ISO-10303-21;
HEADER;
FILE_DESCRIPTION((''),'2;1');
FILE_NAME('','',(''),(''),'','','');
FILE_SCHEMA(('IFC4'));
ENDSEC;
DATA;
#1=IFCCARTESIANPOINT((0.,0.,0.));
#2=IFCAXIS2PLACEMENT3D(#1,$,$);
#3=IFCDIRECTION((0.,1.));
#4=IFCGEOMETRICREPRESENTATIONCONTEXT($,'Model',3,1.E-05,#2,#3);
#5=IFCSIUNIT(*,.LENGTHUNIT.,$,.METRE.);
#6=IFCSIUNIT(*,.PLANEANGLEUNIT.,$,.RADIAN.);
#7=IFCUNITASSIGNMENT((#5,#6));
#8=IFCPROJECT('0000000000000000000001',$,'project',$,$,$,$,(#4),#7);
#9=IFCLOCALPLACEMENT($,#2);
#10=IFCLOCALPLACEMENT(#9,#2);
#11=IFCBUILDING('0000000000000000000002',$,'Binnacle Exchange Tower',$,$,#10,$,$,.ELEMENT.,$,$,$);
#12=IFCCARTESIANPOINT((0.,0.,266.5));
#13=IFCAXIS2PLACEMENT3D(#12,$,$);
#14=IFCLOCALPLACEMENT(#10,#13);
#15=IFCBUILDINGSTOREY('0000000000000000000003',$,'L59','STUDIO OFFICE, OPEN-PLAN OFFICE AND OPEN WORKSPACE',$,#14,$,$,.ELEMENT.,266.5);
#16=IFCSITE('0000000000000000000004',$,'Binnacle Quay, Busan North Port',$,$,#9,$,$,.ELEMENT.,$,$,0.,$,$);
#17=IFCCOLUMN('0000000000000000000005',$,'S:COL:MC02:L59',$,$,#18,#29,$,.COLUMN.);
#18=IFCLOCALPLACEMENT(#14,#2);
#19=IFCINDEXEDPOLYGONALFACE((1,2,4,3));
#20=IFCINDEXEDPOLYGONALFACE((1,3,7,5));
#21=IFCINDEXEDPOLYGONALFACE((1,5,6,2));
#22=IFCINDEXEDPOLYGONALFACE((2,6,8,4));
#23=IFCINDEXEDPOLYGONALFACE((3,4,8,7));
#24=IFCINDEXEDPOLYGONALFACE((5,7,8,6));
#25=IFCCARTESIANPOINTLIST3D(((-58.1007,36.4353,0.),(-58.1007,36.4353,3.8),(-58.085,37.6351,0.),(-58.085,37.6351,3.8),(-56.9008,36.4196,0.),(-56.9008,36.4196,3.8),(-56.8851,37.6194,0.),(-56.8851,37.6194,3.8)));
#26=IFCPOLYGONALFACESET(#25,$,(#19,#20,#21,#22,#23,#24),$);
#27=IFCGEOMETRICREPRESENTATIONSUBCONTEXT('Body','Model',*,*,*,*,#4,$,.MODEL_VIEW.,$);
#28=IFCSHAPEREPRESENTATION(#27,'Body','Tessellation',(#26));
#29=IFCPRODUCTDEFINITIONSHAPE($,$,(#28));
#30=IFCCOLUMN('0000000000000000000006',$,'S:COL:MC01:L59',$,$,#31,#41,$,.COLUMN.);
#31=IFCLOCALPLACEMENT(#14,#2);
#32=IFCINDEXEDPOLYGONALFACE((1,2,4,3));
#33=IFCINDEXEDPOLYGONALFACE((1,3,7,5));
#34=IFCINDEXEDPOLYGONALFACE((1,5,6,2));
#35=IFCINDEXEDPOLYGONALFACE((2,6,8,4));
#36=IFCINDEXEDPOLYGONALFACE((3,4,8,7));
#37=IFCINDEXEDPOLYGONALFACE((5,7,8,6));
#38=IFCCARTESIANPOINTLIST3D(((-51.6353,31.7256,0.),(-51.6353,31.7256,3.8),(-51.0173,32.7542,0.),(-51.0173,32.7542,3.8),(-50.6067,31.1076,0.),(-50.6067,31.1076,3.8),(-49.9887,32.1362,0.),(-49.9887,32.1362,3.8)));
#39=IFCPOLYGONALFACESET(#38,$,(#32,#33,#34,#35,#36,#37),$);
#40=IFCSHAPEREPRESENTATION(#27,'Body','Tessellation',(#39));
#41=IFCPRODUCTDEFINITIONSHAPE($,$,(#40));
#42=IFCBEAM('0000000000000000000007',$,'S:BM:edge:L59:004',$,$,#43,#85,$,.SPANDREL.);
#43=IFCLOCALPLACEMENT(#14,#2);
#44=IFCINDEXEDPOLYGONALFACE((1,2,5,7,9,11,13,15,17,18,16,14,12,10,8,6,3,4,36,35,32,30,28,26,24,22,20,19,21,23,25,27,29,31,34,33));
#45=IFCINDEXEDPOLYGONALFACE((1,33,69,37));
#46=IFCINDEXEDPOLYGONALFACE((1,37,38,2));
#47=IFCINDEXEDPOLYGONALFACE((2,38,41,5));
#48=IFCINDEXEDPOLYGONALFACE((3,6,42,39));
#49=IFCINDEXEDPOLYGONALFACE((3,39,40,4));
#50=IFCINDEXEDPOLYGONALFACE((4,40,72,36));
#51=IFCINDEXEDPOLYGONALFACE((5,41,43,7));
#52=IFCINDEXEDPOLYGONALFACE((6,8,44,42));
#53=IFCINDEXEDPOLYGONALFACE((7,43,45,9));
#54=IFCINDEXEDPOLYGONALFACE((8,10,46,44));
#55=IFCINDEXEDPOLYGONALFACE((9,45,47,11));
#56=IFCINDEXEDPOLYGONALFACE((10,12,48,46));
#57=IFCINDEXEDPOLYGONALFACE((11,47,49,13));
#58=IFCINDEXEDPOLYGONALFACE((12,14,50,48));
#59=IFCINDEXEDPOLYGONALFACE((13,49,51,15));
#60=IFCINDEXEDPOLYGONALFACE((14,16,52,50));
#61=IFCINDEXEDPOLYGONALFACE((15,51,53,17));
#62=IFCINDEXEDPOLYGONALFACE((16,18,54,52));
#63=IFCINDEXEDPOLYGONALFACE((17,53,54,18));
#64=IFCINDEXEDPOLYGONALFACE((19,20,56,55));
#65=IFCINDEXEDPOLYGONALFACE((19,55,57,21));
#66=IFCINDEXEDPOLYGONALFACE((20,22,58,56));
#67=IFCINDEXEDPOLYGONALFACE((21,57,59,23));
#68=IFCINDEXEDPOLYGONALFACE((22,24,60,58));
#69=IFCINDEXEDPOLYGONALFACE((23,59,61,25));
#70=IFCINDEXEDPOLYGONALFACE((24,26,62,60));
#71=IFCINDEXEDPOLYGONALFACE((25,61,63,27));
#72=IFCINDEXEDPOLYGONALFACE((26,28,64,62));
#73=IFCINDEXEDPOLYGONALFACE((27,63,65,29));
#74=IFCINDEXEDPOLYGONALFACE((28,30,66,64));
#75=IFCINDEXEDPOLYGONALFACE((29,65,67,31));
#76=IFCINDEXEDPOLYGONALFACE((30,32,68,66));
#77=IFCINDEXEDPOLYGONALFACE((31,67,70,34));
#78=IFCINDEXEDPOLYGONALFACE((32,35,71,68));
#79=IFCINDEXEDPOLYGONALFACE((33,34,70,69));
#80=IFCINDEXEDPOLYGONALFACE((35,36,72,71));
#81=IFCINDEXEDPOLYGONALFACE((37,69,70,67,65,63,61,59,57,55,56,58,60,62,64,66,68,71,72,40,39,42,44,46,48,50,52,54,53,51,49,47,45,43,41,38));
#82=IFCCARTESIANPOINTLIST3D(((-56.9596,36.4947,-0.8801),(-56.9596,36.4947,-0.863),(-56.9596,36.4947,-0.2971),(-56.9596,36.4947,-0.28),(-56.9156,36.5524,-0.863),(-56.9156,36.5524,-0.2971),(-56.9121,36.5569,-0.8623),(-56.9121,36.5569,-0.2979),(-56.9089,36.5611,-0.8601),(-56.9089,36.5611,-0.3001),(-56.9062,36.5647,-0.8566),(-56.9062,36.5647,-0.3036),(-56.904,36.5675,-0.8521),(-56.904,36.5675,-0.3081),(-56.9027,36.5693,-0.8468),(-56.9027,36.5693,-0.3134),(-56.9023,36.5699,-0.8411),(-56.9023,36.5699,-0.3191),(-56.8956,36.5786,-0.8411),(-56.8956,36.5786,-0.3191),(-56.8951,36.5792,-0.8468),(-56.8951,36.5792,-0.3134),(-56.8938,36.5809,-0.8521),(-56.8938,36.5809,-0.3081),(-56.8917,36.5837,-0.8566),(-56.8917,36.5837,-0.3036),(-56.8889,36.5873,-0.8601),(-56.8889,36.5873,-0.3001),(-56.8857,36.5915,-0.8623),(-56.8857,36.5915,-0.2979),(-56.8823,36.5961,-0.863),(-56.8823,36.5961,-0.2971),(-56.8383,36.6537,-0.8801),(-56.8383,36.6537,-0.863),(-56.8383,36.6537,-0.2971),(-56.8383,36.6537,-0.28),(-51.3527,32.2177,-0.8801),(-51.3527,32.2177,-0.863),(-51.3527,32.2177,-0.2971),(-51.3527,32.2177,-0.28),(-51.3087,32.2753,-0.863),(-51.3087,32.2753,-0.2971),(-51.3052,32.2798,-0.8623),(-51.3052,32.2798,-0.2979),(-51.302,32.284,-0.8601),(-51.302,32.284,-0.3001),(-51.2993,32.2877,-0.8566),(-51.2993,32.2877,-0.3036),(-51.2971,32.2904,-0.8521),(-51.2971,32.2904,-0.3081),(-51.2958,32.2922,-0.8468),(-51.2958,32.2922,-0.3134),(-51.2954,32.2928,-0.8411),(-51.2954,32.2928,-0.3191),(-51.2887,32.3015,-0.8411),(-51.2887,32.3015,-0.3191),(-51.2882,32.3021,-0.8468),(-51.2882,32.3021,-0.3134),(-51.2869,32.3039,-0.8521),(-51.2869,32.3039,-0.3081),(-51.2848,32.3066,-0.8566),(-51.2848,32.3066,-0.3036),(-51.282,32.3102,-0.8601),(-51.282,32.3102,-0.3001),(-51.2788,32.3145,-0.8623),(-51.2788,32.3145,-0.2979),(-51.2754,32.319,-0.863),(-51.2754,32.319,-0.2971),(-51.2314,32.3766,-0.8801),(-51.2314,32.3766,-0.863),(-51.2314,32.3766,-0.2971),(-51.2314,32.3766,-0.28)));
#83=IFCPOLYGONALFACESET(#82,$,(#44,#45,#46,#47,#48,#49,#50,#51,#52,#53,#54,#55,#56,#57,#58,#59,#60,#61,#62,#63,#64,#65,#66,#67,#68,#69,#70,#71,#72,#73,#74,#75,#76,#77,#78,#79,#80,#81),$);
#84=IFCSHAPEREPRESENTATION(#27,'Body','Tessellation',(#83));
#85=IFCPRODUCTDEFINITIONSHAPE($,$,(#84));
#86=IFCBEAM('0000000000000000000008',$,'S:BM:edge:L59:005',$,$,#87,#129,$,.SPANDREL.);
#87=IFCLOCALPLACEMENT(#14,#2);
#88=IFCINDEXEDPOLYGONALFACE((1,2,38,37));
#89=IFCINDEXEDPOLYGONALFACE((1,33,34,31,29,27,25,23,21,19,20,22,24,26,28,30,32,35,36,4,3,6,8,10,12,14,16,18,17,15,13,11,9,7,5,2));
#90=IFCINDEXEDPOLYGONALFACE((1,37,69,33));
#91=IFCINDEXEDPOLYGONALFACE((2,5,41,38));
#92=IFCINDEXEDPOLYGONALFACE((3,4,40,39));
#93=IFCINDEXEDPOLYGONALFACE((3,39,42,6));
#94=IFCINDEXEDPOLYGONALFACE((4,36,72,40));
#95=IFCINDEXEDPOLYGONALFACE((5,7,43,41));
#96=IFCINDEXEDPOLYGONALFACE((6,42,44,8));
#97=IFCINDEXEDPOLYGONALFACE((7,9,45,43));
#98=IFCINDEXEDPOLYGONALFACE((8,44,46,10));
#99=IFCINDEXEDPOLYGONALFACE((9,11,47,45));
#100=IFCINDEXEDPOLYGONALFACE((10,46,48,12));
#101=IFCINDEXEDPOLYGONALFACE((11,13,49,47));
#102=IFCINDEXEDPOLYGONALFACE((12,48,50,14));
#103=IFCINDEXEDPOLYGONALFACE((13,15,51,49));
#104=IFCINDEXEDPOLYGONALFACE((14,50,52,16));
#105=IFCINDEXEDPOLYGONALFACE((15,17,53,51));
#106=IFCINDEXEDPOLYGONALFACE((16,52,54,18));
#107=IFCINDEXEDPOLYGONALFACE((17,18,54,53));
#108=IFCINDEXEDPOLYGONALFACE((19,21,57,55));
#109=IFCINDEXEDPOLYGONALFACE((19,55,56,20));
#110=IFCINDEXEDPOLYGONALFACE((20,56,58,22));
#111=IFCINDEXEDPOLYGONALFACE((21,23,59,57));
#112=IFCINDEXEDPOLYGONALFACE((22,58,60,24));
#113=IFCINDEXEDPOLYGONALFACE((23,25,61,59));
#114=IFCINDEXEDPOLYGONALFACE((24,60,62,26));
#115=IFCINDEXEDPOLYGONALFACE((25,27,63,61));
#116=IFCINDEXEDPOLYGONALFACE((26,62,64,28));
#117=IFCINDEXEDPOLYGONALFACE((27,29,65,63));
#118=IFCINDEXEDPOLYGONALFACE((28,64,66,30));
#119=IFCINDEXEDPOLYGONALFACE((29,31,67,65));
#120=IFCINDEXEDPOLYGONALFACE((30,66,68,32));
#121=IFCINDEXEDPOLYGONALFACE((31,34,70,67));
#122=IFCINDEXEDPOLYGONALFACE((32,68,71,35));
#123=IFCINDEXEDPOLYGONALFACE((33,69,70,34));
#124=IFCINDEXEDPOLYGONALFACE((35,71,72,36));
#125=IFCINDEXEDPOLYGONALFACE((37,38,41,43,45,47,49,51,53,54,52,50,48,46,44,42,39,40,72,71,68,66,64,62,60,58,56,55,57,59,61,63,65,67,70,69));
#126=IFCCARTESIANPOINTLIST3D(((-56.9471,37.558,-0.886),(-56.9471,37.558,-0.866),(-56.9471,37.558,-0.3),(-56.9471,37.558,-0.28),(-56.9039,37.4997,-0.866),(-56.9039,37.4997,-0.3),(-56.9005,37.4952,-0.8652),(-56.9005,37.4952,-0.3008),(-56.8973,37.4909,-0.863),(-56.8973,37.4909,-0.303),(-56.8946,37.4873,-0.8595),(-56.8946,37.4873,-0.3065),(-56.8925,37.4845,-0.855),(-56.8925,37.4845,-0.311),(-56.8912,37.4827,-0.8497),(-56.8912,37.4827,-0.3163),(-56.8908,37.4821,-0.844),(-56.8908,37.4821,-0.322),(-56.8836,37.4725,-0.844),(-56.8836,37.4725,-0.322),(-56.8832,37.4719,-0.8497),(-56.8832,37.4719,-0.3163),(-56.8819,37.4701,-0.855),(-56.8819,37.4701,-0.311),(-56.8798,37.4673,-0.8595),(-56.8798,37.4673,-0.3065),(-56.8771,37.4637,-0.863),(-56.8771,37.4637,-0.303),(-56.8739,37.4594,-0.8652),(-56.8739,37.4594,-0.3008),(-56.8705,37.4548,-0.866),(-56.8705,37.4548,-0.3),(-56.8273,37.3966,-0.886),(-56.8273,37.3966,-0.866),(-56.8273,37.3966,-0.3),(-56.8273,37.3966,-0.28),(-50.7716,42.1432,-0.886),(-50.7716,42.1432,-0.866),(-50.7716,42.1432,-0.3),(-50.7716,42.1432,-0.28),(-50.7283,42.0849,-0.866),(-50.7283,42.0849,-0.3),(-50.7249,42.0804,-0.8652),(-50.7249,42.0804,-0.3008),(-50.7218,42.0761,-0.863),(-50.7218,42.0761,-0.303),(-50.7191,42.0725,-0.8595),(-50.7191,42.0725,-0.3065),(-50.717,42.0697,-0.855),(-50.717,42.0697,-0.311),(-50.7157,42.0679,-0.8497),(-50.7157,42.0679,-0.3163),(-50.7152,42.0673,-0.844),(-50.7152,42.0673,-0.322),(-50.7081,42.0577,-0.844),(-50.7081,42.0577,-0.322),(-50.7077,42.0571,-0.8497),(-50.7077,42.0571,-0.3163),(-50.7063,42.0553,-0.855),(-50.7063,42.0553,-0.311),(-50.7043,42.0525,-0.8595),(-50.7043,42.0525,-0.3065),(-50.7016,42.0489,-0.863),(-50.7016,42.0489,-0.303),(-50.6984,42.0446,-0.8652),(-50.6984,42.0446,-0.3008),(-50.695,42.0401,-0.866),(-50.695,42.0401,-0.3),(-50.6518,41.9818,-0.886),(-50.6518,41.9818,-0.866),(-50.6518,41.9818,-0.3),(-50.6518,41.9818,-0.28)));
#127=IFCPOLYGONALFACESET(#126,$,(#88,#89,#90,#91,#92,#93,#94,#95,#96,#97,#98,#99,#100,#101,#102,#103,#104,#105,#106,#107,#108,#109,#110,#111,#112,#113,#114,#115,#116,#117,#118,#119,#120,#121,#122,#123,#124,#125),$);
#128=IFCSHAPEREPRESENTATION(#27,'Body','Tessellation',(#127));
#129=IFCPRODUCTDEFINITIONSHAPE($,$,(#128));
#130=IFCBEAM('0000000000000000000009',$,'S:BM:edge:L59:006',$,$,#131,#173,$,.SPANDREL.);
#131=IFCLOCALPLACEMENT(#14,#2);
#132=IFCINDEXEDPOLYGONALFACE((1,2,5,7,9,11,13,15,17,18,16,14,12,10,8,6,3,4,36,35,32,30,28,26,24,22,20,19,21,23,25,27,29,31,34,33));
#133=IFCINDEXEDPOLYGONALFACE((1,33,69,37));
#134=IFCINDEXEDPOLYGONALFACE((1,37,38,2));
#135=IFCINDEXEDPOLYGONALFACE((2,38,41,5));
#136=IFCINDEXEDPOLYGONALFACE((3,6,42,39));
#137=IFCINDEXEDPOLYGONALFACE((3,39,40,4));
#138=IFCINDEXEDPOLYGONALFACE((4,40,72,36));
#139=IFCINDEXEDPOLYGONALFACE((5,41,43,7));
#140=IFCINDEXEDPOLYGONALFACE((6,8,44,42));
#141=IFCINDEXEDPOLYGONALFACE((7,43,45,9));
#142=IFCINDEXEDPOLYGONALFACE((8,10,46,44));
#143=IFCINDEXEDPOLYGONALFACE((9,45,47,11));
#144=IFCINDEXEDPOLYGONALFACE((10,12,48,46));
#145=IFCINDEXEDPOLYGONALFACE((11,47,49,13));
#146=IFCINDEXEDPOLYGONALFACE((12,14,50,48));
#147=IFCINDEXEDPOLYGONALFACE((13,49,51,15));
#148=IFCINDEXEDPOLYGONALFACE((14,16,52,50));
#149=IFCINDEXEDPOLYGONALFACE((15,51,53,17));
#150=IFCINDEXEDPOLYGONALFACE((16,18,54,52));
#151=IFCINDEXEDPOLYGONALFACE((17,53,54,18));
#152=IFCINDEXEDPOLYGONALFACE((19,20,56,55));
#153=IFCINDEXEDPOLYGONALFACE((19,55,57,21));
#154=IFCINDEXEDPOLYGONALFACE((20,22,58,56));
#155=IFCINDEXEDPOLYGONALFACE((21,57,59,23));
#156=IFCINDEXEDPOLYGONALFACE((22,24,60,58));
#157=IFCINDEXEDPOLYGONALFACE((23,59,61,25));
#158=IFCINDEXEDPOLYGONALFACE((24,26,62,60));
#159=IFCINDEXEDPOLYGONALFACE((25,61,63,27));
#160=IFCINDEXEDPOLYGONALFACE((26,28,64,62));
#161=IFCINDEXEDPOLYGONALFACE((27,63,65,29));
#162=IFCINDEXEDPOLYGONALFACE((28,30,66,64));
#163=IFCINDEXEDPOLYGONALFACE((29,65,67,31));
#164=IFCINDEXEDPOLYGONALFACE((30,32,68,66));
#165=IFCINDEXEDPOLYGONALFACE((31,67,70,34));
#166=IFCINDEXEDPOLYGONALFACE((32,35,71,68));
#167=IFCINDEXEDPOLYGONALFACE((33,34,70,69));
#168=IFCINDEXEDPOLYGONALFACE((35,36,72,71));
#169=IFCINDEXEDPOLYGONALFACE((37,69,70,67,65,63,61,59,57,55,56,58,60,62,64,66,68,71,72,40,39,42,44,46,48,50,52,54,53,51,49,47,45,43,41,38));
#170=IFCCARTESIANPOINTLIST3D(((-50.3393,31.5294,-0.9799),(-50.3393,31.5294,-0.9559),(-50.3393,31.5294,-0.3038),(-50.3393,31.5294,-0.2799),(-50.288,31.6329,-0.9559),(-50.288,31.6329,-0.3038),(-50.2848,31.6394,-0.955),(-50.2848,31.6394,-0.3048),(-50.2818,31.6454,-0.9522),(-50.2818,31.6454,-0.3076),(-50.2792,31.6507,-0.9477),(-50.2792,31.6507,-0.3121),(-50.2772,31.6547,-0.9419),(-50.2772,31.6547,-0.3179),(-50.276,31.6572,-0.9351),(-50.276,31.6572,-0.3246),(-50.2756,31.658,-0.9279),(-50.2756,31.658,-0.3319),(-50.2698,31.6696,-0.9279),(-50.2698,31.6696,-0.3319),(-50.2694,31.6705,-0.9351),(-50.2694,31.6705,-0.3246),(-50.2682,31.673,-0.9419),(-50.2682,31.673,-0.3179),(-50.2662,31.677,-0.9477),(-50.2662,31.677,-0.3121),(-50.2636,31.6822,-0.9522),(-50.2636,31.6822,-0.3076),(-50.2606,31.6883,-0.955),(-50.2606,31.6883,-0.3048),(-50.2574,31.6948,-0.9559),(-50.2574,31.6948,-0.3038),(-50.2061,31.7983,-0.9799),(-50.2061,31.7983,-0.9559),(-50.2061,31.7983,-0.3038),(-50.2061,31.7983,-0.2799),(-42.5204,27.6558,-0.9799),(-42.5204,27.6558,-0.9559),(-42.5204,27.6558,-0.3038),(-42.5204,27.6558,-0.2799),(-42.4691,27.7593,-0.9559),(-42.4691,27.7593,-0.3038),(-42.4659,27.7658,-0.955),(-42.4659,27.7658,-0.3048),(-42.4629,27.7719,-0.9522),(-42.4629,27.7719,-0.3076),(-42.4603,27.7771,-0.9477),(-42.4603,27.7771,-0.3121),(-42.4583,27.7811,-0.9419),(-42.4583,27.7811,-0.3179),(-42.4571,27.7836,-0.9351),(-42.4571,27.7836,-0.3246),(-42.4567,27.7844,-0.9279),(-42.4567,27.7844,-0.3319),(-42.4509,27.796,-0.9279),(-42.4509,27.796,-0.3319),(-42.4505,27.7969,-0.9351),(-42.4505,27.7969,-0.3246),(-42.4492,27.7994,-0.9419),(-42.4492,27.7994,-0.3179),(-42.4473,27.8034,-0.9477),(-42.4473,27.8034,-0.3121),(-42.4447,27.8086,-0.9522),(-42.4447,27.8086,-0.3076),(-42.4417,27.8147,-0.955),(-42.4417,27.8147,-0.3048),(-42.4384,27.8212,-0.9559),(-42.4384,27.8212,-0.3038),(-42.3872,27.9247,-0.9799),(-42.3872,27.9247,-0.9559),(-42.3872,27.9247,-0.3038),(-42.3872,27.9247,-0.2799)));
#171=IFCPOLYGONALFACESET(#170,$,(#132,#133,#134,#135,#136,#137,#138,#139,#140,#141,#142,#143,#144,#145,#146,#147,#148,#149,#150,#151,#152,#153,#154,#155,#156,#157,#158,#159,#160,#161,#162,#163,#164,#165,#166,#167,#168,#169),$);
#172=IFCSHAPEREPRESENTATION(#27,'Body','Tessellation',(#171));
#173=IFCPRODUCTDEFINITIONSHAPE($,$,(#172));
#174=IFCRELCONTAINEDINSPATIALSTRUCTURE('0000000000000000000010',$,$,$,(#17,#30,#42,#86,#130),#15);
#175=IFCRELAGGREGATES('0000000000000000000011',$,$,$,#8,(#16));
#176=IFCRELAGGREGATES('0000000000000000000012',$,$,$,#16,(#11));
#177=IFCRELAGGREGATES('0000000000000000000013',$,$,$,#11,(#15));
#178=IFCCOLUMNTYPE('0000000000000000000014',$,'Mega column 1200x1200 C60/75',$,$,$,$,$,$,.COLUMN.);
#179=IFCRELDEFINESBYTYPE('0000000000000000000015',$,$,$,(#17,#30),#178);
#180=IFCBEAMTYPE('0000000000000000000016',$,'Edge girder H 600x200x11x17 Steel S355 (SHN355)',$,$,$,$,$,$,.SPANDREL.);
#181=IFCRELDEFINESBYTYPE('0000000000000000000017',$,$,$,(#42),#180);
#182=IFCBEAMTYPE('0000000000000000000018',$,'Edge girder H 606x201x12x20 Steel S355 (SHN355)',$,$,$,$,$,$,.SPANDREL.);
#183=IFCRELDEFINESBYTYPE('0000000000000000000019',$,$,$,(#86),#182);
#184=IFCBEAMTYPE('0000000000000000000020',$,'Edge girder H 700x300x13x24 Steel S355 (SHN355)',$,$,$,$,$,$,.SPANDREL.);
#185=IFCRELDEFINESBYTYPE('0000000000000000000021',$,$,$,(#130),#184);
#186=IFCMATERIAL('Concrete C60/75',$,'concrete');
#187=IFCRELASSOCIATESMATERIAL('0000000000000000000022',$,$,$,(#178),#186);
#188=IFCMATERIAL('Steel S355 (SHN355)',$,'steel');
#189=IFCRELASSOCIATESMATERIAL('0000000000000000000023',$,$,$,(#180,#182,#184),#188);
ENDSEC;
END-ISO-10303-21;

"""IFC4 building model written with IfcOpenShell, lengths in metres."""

from ifc_helpers import new_model, si_unit, direction, frame, origin, origin_2d, place, context, subcontext, project, spatial, rectangle, i_section, extrude, material, material_profile, profile_set, type_object, element, save


model = new_model("IFC4")

# Units and contexts
model_context = context("Model", 3, precision=1e-05, world=origin(), true_north=direction((0.0, 1.0)))
body_context = subcontext(model_context, "Body", "Model", "MODEL_VIEW")
ifc_project = project(units=[si_unit("LENGTHUNIT", "METRE"), si_unit("PLANEANGLEUNIT", "RADIAN")], contexts=[model_context])

# Site, building, storey
site_placement = place(None, origin())
site = spatial("IfcSite", under=ifc_project, at=site_placement, Name="Binnacle Quay, Busan North Port", CompositionType="ELEMENT", RefElevation=0.0)
building_placement = place(site_placement, origin())
building = spatial("IfcBuilding", under=site, at=building_placement, Name="Binnacle Exchange Tower", CompositionType="ELEMENT")
storey_placement = place(building_placement, frame((0.0, 0.0, 266.5)))
storey = spatial("IfcBuildingStorey", under=building, at=storey_placement, Name="L59", Description="STUDIO OFFICE, OPEN-PLAN OFFICE AND OPEN WORKSPACE", CompositionType="ELEMENT", Elevation=266.5)

# Columns
ifc_material_1 = material(Name="Concrete C60/75", Category="concrete")
ifc_material_profile_1 = material_profile(ifc_material_1, rectangle(XDim=1.2, YDim=1.2, at=origin_2d()), Name="Mega column 1200x1200 C60/75")
ifc_profile_set_1 = profile_set([ifc_material_profile_1], Name="Concrete C60/75")
column_type = type_object("IfcColumnType", Name="Mega column 1200x1200 C60/75", PredefinedType="COLUMN", material=ifc_profile_set_1)
for number, where, z_axis, x_axis, name in (
    (1, (-57.4929, 37.0273, 0.0), (0.0, 0.0, 1.0), (-0.01309, -0.999914, 0.0), "S:COL:MC02:L59"),
    (2, (-50.812, 31.9309, 0.0), (0.0, 0.0, 1.0), (0.857167, -0.515038, 0.0), "S:COL:MC01:L59"),
):
    element("IfcColumn", number, at=place(storey_placement, frame(where, z_axis=z_axis, x_axis=x_axis)), inside=storey, type_object=column_type, Name=name, PredefinedType="COLUMN", context=body_context, shape_type="SweptSolid", body=[
        extrude(rectangle(XDim=1.2, YDim=1.2, at=origin_2d()), origin(), (0.0, 0.0, 1.0), 3.8),
    ])

# Beams
ifc_material_2 = material(Name="Steel S355 (SHN355)", Category="steel")
ifc_material_profile_2 = material_profile(ifc_material_2, i_section(OverallWidth=0.2, OverallDepth=0.6001, WebThickness=0.011, FlangeThickness=0.0171, FilletRadius=0.022, at=origin_2d()), Name="H 600x200x11x17")
ifc_profile_set_2 = profile_set([ifc_material_profile_2], Name="Steel S355 (SHN355)")
beam_type_1 = type_object("IfcBeamType", Name="Edge girder H 600x200x11x17 Steel S355 (SHN355)", PredefinedType="SPANDREL", material=ifc_profile_set_2)
beam_1_placement = place(storey_placement, frame((-56.8989, 36.5742, -0.5801), z_axis=(0.79508, -0.606505, 0.0), x_axis=(0.606505, 0.79508, 0.0)))
element("IfcBeam", 3, at=beam_1_placement, inside=storey, type_object=beam_type_1, Name="S:BM:edge:L59:004", PredefinedType="SPANDREL", context=body_context, shape_type="SweptSolid", body=[
    extrude(i_section(OverallWidth=0.2, OverallDepth=0.6001, WebThickness=0.011, FlangeThickness=0.0171, FilletRadius=0.022, at=origin_2d()), origin(), (0.0, 0.0, 1.0), 7.052),
])
ifc_material_profile_3 = material_profile(ifc_material_2, i_section(OverallWidth=0.2009, OverallDepth=0.606, WebThickness=0.012, FlangeThickness=0.02, FilletRadius=0.022, at=origin_2d()), Name="H 606x201x12x20")
ifc_profile_set_3 = profile_set([ifc_material_profile_3], Name="Steel S355 (SHN355)")
beam_type_2 = type_object("IfcBeamType", Name="Edge girder H 606x201x12x20 Steel S355 (SHN355)", PredefinedType="SPANDREL", material=ifc_profile_set_3)
beam_2_placement = place(storey_placement, frame((-50.7117, 42.0625, -0.583), z_axis=(-0.802889, -0.596128, 0.0), x_axis=(0.596128, -0.802889, 0.0)))
element("IfcBeam", 4, at=beam_2_placement, inside=storey, type_object=beam_type_2, Name="S:BM:edge:L59:005", PredefinedType="SPANDREL", context=body_context, shape_type="SweptSolid", body=[
    extrude(i_section(OverallWidth=0.2009, OverallDepth=0.606, WebThickness=0.012, FlangeThickness=0.02, FilletRadius=0.022, at=origin_2d()), origin(), (0.0, 0.0, 1.0), 7.6917),
])
ifc_material_profile_4 = material_profile(ifc_material_2, i_section(OverallWidth=0.3, OverallDepth=0.7, WebThickness=0.0129, FlangeThickness=0.0239, FilletRadius=0.0281, at=origin_2d()), Name="H 700x300x13x24")
ifc_profile_set_4 = profile_set([ifc_material_profile_4], Name="Steel S355 (SHN355)")
beam_type_3 = type_object("IfcBeamType", Name="Edge girder H 700x300x13x24 Steel S355 (SHN355)", PredefinedType="SPANDREL", material=ifc_profile_set_4)
beam_3_placement = place(storey_placement, frame((-50.2727, 31.6638, -0.6299), z_axis=(0.896066, -0.44392, 0.0), x_axis=(0.44392, 0.896066, 0.0)))
element("IfcBeam", 5, at=beam_3_placement, inside=storey, type_object=beam_type_3, Name="S:BM:edge:L59:006", PredefinedType="SPANDREL", context=body_context, shape_type="SweptSolid", body=[
    extrude(i_section(OverallWidth=0.3, OverallDepth=0.7, WebThickness=0.0129, FlangeThickness=0.0239, FilletRadius=0.0281, at=origin_2d()), origin(), (0.0, 0.0, 1.0), 8.7258),
])

save(model, "model.ifc")
